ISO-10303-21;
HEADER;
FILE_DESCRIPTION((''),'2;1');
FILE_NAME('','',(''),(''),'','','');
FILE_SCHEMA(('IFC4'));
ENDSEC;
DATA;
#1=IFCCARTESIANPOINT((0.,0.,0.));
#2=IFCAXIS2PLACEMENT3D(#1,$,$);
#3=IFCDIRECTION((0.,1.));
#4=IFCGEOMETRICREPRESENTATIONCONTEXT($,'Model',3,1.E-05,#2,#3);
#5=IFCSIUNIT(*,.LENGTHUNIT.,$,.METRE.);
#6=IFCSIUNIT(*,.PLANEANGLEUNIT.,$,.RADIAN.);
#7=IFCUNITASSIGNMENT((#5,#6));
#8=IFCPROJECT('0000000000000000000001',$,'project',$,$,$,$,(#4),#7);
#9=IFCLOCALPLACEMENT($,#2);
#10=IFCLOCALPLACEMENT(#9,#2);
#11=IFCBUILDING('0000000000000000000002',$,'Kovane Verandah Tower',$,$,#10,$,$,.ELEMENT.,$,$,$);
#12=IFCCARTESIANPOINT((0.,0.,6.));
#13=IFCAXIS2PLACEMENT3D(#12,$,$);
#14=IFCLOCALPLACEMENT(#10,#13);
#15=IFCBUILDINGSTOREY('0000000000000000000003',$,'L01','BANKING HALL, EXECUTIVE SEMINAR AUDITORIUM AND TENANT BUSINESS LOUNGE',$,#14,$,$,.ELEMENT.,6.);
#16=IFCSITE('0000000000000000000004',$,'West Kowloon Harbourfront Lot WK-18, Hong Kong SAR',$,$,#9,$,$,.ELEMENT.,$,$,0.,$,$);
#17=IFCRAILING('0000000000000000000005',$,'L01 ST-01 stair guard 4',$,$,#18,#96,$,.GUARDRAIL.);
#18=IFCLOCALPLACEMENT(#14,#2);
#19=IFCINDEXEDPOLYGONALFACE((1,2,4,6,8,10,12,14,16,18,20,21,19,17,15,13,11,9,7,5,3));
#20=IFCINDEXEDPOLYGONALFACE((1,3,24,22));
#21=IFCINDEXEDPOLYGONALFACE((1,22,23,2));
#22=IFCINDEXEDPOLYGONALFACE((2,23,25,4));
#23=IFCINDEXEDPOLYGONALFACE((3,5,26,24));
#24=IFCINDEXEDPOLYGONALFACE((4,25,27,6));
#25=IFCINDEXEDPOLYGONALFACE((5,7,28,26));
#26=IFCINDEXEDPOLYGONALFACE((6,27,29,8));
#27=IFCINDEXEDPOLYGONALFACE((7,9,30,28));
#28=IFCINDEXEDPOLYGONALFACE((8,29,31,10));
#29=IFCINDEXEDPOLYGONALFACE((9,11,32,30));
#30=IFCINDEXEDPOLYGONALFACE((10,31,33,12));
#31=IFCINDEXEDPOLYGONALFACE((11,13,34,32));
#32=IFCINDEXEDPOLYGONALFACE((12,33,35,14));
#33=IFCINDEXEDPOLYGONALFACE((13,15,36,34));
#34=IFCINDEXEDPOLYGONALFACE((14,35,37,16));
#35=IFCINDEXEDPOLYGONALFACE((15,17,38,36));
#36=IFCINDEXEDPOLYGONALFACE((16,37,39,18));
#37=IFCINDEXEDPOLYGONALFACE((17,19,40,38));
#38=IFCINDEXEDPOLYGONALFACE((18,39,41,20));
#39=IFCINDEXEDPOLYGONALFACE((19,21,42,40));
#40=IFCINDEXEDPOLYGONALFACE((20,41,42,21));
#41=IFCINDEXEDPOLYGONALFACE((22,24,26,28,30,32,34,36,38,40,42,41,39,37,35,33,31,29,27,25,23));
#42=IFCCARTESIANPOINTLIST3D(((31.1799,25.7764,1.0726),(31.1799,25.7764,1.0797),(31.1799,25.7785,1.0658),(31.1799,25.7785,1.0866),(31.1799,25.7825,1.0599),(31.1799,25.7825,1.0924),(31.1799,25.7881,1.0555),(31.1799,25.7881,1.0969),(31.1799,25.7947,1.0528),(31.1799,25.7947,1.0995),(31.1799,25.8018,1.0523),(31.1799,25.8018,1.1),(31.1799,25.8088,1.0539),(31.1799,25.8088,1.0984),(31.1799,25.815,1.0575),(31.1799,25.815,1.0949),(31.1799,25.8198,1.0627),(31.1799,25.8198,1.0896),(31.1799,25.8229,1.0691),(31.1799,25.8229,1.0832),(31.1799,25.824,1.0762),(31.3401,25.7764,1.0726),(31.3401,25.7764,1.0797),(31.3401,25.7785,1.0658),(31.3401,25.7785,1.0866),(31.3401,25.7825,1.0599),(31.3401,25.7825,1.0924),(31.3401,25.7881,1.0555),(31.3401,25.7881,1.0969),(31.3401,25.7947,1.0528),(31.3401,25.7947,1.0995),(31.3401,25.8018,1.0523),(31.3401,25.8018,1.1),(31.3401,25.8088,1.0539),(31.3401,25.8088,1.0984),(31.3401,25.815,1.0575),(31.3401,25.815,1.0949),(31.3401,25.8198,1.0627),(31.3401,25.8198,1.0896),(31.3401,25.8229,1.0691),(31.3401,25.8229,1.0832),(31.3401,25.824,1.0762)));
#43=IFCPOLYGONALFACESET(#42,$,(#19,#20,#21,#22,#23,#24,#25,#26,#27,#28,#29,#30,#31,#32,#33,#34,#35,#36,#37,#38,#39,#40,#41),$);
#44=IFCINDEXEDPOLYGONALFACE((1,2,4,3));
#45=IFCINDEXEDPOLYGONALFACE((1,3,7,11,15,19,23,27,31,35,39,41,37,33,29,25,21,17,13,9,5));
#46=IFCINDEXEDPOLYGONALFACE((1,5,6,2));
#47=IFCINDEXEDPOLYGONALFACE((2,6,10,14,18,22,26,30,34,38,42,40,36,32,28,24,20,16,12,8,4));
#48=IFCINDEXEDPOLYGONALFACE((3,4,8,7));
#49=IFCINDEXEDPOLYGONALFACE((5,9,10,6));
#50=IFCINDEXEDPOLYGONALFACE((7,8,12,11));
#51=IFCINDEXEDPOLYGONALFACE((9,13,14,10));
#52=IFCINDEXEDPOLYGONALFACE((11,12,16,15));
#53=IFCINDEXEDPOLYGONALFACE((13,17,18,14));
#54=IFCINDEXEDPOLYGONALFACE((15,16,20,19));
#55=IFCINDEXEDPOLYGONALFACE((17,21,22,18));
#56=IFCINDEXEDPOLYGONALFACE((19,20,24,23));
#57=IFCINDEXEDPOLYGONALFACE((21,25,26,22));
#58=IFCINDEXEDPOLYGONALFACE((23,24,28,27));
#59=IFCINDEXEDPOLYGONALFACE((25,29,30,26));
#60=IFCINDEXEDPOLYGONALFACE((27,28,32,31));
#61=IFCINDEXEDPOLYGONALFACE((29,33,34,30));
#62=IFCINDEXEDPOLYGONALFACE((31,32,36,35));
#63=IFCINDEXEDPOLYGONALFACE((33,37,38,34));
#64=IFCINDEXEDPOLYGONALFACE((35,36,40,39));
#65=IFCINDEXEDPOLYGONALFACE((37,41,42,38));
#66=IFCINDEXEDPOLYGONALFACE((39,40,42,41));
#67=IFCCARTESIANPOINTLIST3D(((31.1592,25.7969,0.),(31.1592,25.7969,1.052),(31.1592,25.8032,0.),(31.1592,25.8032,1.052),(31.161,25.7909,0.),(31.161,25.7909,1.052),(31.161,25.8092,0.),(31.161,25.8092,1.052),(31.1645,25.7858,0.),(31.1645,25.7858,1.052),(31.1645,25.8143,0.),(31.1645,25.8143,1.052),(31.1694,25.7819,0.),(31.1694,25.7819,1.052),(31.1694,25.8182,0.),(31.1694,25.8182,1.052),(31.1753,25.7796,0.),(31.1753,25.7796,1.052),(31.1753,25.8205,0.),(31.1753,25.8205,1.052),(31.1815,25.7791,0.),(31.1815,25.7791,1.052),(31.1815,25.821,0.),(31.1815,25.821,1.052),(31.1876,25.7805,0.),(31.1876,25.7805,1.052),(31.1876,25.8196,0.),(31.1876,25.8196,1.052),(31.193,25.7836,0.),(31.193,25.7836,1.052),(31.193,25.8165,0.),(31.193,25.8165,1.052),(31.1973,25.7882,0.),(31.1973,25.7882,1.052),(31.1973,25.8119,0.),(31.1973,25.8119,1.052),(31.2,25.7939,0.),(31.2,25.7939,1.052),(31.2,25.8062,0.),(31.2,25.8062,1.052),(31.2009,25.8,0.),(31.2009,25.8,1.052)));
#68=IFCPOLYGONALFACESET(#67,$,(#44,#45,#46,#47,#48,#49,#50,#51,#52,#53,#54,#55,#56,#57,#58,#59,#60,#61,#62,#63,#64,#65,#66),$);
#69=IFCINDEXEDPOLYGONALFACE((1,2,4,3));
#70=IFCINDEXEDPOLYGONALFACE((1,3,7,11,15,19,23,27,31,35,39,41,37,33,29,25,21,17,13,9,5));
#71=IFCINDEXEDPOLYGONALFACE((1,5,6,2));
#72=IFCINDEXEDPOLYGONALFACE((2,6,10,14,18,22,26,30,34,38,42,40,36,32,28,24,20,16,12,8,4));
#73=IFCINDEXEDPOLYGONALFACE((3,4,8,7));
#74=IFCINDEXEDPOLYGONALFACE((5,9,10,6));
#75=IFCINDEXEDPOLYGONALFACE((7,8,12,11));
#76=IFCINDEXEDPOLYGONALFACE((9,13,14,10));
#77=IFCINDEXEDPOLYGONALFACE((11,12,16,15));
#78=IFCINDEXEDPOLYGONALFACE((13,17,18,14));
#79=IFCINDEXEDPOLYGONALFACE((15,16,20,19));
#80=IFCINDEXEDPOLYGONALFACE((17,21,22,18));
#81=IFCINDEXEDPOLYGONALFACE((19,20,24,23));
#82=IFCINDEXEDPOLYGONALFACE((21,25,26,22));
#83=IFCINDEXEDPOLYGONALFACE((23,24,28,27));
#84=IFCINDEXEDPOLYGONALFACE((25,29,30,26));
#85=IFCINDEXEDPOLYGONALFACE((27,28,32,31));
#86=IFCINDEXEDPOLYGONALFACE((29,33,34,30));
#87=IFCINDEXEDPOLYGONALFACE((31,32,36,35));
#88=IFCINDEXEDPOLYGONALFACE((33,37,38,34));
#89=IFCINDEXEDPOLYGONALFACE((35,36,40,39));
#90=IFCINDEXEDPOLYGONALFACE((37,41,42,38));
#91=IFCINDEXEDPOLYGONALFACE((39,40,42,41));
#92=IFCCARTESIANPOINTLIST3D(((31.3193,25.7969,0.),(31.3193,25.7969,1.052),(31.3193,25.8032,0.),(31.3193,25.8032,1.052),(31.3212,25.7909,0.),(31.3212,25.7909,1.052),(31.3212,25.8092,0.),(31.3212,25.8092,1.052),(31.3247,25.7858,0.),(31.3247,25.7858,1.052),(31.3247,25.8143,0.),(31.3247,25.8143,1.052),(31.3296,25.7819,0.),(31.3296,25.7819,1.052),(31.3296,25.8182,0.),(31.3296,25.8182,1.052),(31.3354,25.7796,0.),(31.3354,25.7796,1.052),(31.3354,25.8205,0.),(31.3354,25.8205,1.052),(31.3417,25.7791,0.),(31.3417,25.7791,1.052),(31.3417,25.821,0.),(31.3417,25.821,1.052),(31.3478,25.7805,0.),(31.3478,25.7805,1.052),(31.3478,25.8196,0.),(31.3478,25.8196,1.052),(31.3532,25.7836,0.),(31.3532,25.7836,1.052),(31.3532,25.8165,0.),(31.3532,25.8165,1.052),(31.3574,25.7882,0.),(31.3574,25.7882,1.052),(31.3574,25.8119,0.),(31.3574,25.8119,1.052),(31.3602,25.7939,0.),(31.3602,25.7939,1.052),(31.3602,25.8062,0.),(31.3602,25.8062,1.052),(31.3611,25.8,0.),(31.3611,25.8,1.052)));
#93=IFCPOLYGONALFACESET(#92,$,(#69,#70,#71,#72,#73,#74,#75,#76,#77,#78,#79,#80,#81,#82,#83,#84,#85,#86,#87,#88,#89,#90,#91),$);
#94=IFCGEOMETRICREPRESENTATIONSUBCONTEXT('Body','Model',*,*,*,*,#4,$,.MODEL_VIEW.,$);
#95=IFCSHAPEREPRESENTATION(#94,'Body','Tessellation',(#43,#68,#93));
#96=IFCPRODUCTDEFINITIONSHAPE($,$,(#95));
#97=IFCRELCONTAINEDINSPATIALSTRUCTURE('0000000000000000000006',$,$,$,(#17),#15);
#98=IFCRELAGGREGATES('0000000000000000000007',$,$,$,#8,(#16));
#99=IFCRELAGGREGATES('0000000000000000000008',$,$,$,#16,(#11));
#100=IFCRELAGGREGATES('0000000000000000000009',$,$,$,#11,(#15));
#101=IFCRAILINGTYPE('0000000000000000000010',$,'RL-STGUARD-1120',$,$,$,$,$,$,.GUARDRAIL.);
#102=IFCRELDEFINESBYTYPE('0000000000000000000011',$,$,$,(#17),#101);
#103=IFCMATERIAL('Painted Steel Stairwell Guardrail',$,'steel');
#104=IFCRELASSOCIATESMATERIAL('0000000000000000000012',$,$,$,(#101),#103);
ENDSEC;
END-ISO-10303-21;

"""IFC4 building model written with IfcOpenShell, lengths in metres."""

from ifc_helpers import new_model, si_unit, direction, frame, origin, origin_2d, place, context, subcontext, project, spatial, circle, extrude, material, type_object, element, save


model = new_model("IFC4")

# Units and contexts
model_context = context("Model", 3, precision=1e-05, world=origin(), true_north=direction((0.0, 1.0)))
body_context = subcontext(model_context, "Body", "Model", "MODEL_VIEW")
ifc_project = project(units=[si_unit("LENGTHUNIT", "METRE"), si_unit("PLANEANGLEUNIT", "RADIAN")], contexts=[model_context])

# Site, building, storey
site_placement = place(None, origin())
site = spatial("IfcSite", under=ifc_project, at=site_placement, Name="West Kowloon Harbourfront Lot WK-18, Hong Kong SAR", CompositionType="ELEMENT", RefElevation=0.0)
building_placement = place(site_placement, origin())
building = spatial("IfcBuilding", under=site, at=building_placement, Name="Kovane Verandah Tower", CompositionType="ELEMENT")
storey_placement = place(building_placement, frame((0.0, 0.0, 6.0)))
storey = spatial("IfcBuildingStorey", under=building, at=storey_placement, Name="L01", Description="BANKING HALL, EXECUTIVE SEMINAR AUDITORIUM AND TENANT BUSINESS LOUNGE", CompositionType="ELEMENT", Elevation=6.0)

# Railing
ifc_material_1 = material(Name="Painted Steel Stairwell Guardrail", Category="steel")
railing_type = type_object("IfcRailingType", Name="RL-STGUARD-1120", PredefinedType="GUARDRAIL", material=ifc_material_1)
railing_1_placement = place(storey_placement, frame((31.1799, 25.8, 0.0)))
element("IfcRailing", 1, at=railing_1_placement, inside=storey, type_object=railing_type, Name="L01 ST-01 stair guard 4", PredefinedType="GUARDRAIL", context=body_context, shape_type="SweptSolid", body=[
    extrude(circle(Radius=0.0239, at=origin_2d()), frame((0.0, 0.0, 1.0762), z_axis=(1.0, 0.0, 0.0), x_axis=(0.0, 1.0, 0.0)), (0.0, 0.0, 1.0), 0.1602),
    extrude(circle(Radius=0.021, at=origin_2d()), origin(), (0.0, 0.0, 1.0), 1.052),
    extrude(circle(Radius=0.021, at=origin_2d()), frame((0.1602, 0.0, 0.0)), (0.0, 0.0, 1.0), 1.052),
])

save(model, "model.ifc")
